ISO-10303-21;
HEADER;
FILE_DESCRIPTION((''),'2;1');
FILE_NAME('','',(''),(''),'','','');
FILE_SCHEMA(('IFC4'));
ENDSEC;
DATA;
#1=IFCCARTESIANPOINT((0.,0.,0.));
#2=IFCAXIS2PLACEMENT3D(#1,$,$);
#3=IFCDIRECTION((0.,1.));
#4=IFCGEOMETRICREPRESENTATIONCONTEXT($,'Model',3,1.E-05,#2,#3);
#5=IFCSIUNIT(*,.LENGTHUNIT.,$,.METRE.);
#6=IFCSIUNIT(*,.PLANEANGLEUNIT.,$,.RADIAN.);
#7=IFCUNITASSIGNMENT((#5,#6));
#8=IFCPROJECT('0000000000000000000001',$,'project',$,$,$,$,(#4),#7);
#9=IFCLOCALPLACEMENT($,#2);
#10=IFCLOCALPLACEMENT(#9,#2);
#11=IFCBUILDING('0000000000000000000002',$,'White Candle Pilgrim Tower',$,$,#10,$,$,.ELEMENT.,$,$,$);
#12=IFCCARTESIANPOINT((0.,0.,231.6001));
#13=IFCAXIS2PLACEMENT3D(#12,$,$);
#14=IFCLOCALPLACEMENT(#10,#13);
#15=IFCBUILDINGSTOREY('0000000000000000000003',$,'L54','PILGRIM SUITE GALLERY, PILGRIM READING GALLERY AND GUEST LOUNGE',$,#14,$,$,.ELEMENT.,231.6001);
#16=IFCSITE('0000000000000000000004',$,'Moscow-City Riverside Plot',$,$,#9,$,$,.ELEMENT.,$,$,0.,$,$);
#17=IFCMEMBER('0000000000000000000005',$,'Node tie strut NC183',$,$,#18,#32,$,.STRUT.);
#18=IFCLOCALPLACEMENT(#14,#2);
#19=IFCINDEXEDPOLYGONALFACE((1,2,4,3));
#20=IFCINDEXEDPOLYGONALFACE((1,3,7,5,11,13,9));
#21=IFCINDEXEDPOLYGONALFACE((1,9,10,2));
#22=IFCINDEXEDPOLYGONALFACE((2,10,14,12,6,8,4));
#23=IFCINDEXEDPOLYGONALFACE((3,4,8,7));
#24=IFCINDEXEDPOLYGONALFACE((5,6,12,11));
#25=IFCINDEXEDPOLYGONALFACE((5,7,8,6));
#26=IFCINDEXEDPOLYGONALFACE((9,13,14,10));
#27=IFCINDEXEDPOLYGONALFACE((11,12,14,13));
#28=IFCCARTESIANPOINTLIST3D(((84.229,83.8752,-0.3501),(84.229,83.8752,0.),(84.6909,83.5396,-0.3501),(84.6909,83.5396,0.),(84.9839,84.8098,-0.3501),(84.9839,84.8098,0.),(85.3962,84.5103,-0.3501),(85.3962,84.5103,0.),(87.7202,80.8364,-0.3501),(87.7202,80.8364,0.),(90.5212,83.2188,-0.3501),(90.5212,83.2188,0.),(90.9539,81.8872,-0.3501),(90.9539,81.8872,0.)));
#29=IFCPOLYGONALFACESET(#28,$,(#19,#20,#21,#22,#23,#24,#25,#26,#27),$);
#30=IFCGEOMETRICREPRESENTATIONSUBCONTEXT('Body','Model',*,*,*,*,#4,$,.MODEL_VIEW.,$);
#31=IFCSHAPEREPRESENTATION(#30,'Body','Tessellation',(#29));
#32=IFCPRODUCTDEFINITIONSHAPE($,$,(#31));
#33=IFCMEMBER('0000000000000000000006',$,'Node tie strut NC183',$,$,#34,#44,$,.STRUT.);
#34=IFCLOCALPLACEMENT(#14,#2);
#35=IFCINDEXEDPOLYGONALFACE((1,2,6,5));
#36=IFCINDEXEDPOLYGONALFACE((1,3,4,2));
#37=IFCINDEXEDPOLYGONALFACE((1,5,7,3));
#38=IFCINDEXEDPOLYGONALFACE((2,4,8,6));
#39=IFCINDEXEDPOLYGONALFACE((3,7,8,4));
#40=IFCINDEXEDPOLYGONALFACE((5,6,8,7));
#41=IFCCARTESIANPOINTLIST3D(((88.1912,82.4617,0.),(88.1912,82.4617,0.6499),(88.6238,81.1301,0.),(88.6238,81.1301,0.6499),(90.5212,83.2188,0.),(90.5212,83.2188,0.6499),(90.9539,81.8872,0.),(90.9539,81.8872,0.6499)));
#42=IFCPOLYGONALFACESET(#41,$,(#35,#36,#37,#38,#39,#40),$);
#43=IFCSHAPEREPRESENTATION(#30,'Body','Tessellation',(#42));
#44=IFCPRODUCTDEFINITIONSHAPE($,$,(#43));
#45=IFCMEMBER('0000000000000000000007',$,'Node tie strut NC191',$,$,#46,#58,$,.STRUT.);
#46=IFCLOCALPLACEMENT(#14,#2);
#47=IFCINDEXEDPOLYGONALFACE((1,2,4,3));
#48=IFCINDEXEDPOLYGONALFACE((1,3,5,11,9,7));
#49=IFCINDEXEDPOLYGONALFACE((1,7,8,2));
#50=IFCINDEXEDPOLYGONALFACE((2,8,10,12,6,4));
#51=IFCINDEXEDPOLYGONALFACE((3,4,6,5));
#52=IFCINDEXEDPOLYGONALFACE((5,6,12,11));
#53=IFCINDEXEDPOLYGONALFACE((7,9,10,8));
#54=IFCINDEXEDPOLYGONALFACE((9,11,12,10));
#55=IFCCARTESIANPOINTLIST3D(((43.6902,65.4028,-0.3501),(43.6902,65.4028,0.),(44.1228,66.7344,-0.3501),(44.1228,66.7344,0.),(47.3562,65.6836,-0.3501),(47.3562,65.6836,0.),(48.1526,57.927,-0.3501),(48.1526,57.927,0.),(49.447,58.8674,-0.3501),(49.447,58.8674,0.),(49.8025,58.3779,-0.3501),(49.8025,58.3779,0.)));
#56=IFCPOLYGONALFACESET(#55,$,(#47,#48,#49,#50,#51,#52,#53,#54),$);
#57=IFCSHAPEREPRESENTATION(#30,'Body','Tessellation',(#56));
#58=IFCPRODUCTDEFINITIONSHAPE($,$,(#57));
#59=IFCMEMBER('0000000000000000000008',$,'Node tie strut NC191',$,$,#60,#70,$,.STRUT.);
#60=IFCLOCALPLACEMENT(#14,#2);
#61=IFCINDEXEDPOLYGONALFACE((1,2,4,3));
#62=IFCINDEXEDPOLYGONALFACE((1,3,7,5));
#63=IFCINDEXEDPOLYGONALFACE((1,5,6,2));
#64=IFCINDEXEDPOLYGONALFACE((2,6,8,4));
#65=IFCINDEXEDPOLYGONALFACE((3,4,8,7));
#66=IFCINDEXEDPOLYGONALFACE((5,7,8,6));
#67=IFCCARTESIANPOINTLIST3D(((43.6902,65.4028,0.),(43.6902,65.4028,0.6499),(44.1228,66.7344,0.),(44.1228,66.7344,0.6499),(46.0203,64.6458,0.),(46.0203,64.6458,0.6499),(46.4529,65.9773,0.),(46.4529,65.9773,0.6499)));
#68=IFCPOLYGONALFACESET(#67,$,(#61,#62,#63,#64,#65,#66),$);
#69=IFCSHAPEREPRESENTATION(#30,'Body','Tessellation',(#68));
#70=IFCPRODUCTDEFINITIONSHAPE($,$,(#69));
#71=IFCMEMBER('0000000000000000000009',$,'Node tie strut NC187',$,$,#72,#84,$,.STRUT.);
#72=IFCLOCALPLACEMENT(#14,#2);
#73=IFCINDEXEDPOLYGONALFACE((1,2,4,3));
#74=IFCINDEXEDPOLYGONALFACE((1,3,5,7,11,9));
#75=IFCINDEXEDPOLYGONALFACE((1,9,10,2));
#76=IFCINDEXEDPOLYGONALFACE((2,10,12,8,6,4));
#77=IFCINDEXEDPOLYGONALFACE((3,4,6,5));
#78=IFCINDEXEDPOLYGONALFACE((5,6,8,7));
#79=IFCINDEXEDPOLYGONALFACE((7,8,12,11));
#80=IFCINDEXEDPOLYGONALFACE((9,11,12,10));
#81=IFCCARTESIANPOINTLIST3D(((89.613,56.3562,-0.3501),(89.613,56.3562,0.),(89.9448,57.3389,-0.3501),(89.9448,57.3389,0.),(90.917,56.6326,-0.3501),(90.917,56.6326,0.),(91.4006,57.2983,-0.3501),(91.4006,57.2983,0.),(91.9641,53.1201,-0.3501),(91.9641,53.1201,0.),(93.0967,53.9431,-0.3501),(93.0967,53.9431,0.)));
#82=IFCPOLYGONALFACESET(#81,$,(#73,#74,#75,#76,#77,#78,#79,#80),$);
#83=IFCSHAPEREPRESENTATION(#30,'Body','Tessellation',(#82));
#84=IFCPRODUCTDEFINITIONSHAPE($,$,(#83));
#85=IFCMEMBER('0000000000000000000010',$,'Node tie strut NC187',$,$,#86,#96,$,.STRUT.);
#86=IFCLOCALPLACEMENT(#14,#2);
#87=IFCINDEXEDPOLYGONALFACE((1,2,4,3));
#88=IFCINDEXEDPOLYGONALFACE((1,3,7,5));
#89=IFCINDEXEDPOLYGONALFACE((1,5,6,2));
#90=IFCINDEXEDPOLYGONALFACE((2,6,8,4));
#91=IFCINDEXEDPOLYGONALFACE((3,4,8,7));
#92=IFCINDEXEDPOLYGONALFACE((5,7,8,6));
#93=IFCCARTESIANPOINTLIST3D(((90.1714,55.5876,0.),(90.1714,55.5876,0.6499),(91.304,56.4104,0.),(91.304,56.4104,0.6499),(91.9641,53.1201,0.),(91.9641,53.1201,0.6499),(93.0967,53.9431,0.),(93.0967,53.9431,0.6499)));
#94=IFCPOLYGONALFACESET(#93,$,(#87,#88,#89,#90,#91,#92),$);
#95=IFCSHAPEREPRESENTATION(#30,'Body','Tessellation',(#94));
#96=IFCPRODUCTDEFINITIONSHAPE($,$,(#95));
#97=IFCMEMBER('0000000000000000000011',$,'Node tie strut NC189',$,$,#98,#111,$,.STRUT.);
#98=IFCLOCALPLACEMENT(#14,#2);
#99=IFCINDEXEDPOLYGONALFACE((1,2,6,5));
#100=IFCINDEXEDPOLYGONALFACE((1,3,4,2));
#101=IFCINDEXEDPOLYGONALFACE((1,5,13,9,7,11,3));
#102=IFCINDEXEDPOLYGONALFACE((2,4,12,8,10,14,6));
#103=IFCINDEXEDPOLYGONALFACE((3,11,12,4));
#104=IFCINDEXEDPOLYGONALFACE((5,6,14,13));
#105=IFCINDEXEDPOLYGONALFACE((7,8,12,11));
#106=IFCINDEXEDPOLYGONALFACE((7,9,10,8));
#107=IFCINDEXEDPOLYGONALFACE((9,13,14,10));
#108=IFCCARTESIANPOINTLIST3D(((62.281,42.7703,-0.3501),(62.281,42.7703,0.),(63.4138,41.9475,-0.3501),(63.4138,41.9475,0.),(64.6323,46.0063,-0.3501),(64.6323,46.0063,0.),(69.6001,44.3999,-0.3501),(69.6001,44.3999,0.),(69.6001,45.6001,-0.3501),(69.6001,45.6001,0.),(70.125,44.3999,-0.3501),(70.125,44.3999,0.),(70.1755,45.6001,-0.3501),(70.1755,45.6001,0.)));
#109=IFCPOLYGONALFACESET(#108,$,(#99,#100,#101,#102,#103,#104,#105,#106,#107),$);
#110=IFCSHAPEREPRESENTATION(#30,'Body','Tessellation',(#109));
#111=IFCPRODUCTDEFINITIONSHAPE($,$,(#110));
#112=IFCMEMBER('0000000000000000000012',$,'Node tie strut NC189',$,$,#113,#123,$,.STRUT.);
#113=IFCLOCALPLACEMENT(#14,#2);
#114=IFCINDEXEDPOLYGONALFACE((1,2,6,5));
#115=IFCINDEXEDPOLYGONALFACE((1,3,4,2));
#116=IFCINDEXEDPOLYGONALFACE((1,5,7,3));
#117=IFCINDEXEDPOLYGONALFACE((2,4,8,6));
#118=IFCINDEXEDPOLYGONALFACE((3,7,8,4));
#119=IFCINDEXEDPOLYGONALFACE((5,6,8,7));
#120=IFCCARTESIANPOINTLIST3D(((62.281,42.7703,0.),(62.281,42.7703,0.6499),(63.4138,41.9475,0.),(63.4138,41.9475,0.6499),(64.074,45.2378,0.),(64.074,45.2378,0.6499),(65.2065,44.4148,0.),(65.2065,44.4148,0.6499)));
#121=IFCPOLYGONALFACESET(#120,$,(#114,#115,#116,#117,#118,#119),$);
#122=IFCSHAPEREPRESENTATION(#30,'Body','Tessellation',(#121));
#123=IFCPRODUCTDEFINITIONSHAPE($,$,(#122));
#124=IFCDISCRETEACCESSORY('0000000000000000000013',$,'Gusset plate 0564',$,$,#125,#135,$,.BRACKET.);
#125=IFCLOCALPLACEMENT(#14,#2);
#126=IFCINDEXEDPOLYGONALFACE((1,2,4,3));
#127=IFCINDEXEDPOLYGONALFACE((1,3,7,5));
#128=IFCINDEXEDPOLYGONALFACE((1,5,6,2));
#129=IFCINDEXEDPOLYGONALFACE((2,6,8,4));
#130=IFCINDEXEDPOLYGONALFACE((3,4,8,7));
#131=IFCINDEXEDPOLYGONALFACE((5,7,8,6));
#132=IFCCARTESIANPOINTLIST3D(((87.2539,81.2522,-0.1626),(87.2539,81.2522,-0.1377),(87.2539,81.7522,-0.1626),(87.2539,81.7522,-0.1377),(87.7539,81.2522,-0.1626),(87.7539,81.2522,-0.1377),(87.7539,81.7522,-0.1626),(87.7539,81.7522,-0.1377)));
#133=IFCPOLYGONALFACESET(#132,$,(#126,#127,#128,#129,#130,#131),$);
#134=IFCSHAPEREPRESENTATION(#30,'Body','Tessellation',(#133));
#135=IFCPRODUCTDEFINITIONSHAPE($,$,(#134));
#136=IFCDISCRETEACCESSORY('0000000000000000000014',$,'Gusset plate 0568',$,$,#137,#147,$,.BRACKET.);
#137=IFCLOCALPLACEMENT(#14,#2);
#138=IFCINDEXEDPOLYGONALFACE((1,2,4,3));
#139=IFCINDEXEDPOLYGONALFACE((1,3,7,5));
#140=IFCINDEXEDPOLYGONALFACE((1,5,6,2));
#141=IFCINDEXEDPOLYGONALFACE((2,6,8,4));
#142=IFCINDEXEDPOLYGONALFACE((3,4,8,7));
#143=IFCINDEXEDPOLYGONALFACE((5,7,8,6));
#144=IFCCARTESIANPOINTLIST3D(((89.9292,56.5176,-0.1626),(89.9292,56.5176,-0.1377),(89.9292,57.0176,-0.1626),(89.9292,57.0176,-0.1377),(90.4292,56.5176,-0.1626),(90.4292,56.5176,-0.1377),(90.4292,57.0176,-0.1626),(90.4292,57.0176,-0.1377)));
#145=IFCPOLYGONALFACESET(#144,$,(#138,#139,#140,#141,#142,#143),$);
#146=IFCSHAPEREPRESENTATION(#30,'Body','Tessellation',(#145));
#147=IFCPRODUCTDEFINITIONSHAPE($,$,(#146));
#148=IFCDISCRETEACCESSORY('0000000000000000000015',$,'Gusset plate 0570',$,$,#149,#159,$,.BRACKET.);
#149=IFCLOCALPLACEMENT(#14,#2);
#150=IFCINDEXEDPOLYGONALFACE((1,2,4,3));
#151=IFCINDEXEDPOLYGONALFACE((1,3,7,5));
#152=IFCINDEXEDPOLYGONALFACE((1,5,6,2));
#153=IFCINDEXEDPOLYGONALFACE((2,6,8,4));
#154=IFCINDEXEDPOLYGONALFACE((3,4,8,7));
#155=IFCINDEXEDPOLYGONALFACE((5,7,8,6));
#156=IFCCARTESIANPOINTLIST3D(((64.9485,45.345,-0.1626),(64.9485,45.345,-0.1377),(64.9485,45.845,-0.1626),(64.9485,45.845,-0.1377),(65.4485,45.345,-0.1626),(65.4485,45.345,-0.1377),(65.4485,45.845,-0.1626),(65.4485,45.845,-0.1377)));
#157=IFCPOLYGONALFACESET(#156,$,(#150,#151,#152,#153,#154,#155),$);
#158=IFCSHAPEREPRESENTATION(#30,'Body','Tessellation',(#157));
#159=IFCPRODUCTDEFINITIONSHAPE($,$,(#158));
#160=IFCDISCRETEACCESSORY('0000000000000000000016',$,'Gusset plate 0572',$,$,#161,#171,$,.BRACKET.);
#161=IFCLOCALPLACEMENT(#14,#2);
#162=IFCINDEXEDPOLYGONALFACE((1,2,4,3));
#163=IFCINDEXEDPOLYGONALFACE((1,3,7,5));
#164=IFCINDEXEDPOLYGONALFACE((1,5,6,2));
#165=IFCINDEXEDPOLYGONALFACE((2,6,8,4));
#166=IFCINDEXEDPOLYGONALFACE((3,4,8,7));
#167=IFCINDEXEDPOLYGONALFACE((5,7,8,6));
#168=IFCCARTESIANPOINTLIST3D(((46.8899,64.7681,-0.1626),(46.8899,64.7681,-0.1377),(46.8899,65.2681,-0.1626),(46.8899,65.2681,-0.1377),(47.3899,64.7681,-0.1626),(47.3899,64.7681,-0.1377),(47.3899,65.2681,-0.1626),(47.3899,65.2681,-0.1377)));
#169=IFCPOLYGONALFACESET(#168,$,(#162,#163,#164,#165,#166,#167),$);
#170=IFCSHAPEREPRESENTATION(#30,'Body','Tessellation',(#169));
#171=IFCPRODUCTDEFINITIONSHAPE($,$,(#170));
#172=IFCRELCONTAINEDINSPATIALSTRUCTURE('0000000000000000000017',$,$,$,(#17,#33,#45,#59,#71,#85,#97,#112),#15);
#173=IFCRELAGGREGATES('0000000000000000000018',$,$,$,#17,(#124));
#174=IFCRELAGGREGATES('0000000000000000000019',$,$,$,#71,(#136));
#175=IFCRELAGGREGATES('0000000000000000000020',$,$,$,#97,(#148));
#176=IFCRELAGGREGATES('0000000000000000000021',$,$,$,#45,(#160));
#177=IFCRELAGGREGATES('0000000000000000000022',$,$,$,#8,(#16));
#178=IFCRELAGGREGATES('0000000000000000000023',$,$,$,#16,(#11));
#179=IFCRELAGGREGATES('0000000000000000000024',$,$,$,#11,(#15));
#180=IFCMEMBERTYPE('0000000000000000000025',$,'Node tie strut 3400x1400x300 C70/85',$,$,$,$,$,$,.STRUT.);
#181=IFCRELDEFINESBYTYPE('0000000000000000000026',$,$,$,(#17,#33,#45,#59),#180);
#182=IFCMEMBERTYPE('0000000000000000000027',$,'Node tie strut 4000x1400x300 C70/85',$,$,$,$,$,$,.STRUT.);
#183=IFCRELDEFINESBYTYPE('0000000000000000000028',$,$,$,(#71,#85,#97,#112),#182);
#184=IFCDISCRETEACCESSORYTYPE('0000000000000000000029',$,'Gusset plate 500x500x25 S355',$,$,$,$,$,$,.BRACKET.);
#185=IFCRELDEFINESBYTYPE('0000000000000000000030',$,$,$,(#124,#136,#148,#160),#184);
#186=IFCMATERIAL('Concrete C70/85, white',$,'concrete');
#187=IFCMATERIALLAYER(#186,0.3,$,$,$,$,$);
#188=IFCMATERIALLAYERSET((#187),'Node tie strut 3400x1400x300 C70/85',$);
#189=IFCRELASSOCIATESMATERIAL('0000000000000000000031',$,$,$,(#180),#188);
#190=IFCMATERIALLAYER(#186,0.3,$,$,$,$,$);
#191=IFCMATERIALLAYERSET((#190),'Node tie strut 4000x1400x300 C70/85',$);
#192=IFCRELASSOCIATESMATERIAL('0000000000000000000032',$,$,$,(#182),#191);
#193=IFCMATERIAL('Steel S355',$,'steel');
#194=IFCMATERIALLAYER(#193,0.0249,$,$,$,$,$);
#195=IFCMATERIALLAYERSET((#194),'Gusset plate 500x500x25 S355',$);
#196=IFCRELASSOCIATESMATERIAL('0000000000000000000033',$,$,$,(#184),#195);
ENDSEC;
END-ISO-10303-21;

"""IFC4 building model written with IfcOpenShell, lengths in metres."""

from ifc_helpers import new_model, si_unit, direction, frame, origin, origin_2d, place, context, subcontext, project, spatial, polyline, rectangle, outline, extrude, material, layer, layer_set, type_object, element, aggregate, save


model = new_model("IFC4")

# Units and contexts
model_context = context("Model", 3, precision=1e-05, world=origin(), true_north=direction((0.0, 1.0)))
body_context = subcontext(model_context, "Body", "Model", "MODEL_VIEW")
ifc_project = project(units=[si_unit("LENGTHUNIT", "METRE"), si_unit("PLANEANGLEUNIT", "RADIAN")], contexts=[model_context])

# Site, building, storey
site_placement = place(None, origin())
site = spatial("IfcSite", under=ifc_project, at=site_placement, Name="Moscow-City Riverside Plot", CompositionType="ELEMENT", RefElevation=0.0)
building_placement = place(site_placement, origin())
building = spatial("IfcBuilding", under=site, at=building_placement, Name="White Candle Pilgrim Tower", CompositionType="ELEMENT")
storey_placement = place(building_placement, frame((0.0, 0.0, 231.6001)))
storey = spatial("IfcBuildingStorey", under=building, at=storey_placement, Name="L54", Description="PILGRIM SUITE GALLERY, PILGRIM READING GALLERY AND GUEST LOUNGE", CompositionType="ELEMENT", Elevation=231.6001)

# Members
ifc_material_1 = material(Name="Concrete C70/85, white", Category="concrete")
ifc_layer_1 = layer(ifc_material_1, 0.3)
ifc_layer_set_1 = layer_set([ifc_layer_1], Name="Node tie strut 3400x1400x300 C70/85")
member_type_1 = type_object("IfcMemberType", Name="Node tie strut 3400x1400x300 C70/85", PredefinedType="STRUT", material=ifc_layer_set_1)
member_1_placement = place(storey_placement, frame((0.0, 0.0, -0.3501)))
member_1 = element("IfcMember", 1, at=member_1_placement, inside=storey, type_object=member_type_1, Name="Node tie strut NC183", PredefinedType="STRUT", context=body_context, shape_type="SweptSolid", body=[
    extrude(outline(polyline([(87.7202, 80.8364), (90.9539, 81.8872), (90.5212, 83.2188), (84.9839, 84.8098), (85.3962, 84.5103), (84.6909, 83.5396), (84.229, 83.8752), (87.7202, 80.8364)])), origin(), (0.0, 0.0, 1.0), 0.3501),
])
member_2_placement = place(storey_placement, origin())
element("IfcMember", 2, at=member_2_placement, inside=storey, type_object=member_type_1, Name="Node tie strut NC183", PredefinedType="STRUT", context=body_context, shape_type="SweptSolid", body=[
    extrude(outline(polyline([(88.6238, 81.1301), (90.9539, 81.8872), (90.5212, 83.2188), (88.1912, 82.4617), (88.6238, 81.1301)])), origin(), (0.0, 0.0, 1.0), 0.6499),
])
member_3_placement = place(storey_placement, frame((0.0, 0.0, -0.3501)))
member_3 = element("IfcMember", 3, at=member_3_placement, inside=storey, type_object=member_type_1, Name="Node tie strut NC191", PredefinedType="STRUT", context=body_context, shape_type="SweptSolid", body=[
    extrude(outline(polyline([(48.1526, 57.927), (49.447, 58.8674), (49.8025, 58.3779), (47.3562, 65.6836), (44.1228, 66.7344), (43.6902, 65.4028), (48.1526, 57.927)])), origin(), (0.0, 0.0, 1.0), 0.3501),
])
member_4_placement = place(storey_placement, origin())
element("IfcMember", 4, at=member_4_placement, inside=storey, type_object=member_type_1, Name="Node tie strut NC191", PredefinedType="STRUT", context=body_context, shape_type="SweptSolid", body=[
    extrude(outline(polyline([(46.0203, 64.6458), (46.4529, 65.9773), (44.1228, 66.7344), (43.6902, 65.4028), (46.0203, 64.6458)])), origin(), (0.0, 0.0, 1.0), 0.6499),
])
ifc_layer_2 = layer(ifc_material_1, 0.3)
ifc_layer_set_2 = layer_set([ifc_layer_2], Name="Node tie strut 4000x1400x300 C70/85")
member_type_2 = type_object("IfcMemberType", Name="Node tie strut 4000x1400x300 C70/85", PredefinedType="STRUT", material=ifc_layer_set_2)
member_5_placement = place(storey_placement, frame((0.0, 0.0, -0.3501)))
member_5 = element("IfcMember", 5, at=member_5_placement, inside=storey, type_object=member_type_2, Name="Node tie strut NC187", PredefinedType="STRUT", context=body_context, shape_type="SweptSolid", body=[
    extrude(outline(polyline([(91.9641, 53.1201), (93.0967, 53.9431), (91.4006, 57.2983), (90.917, 56.6326), (89.9448, 57.3389), (89.613, 56.3562), (91.9641, 53.1201)])), origin(), (0.0, 0.0, 1.0), 0.3501),
])
member_6_placement = place(storey_placement, origin())
element("IfcMember", 6, at=member_6_placement, inside=storey, type_object=member_type_2, Name="Node tie strut NC187", PredefinedType="STRUT", context=body_context, shape_type="SweptSolid", body=[
    extrude(outline(polyline([(91.9641, 53.1201), (93.0967, 53.9431), (91.304, 56.4104), (90.1714, 55.5876), (91.9641, 53.1201)])), origin(), (0.0, 0.0, 1.0), 0.6499),
])
member_7_placement = place(storey_placement, frame((0.0, 0.0, -0.3501)))
member_7 = element("IfcMember", 7, at=member_7_placement, inside=storey, type_object=member_type_2, Name="Node tie strut NC189", PredefinedType="STRUT", context=body_context, shape_type="SweptSolid", body=[
    extrude(outline(polyline([(63.4138, 41.9475), (70.125, 44.3999), (69.6001, 44.3999), (69.6001, 45.6001), (70.1755, 45.6001), (64.6323, 46.0063), (62.281, 42.7703), (63.4138, 41.9475)])), origin(), (0.0, 0.0, 1.0), 0.3501),
])
member_8_placement = place(storey_placement, origin())
element("IfcMember", 8, at=member_8_placement, inside=storey, type_object=member_type_2, Name="Node tie strut NC189", PredefinedType="STRUT", context=body_context, shape_type="SweptSolid", body=[
    extrude(outline(polyline([(63.4138, 41.9475), (65.2065, 44.4148), (64.074, 45.2378), (62.281, 42.7703), (63.4138, 41.9475)])), origin(), (0.0, 0.0, 1.0), 0.6499),
])

# Discrete accessories
ifc_material_2 = material(Name="Steel S355", Category="steel")
ifc_layer_3 = layer(ifc_material_2, 0.0249)
ifc_layer_set_3 = layer_set([ifc_layer_3], Name="Gusset plate 500x500x25 S355")
discrete_accessory_type = type_object("IfcDiscreteAccessoryType", Name="Gusset plate 500x500x25 S355", PredefinedType="BRACKET", material=ifc_layer_set_3)
discrete_accessory_1_placement = place(storey_placement, frame((87.5039, 81.5022, -0.1626), z_axis=(0.0, 0.0, 1.0), x_axis=(1.0, 0.0, 0.0)))
discrete_accessory_1 = element("IfcDiscreteAccessory", 9, at=discrete_accessory_1_placement, type_object=discrete_accessory_type, Name="Gusset plate 0564", PredefinedType="BRACKET", context=body_context, shape_type="SweptSolid", body=[
    extrude(rectangle(XDim=0.5, YDim=0.5, at=origin_2d()), origin(), (0.0, 0.0, 1.0), 0.0249),
])
aggregate(member_1, [discrete_accessory_1])
discrete_accessory_2_placement = place(storey_placement, frame((90.1792, 56.7676, -0.1626), z_axis=(0.0, 0.0, 1.0), x_axis=(1.0, 0.0, 0.0)))
discrete_accessory_2 = element("IfcDiscreteAccessory", 10, at=discrete_accessory_2_placement, type_object=discrete_accessory_type, Name="Gusset plate 0568", PredefinedType="BRACKET", context=body_context, shape_type="SweptSolid", body=[
    extrude(rectangle(XDim=0.5, YDim=0.5, at=origin_2d()), origin(), (0.0, 0.0, 1.0), 0.0249),
])
aggregate(member_5, [discrete_accessory_2])
discrete_accessory_3_placement = place(storey_placement, frame((65.1985, 45.595, -0.1626), z_axis=(0.0, 0.0, 1.0), x_axis=(1.0, 0.0, 0.0)))
discrete_accessory_3 = element("IfcDiscreteAccessory", 11, at=discrete_accessory_3_placement, type_object=discrete_accessory_type, Name="Gusset plate 0570", PredefinedType="BRACKET", context=body_context, shape_type="SweptSolid", body=[
    extrude(rectangle(XDim=0.5, YDim=0.5, at=origin_2d()), origin(), (0.0, 0.0, 1.0), 0.0249),
])
aggregate(member_7, [discrete_accessory_3])
discrete_accessory_4_placement = place(storey_placement, frame((47.1399, 65.0181, -0.1626), z_axis=(0.0, 0.0, 1.0), x_axis=(1.0, 0.0, 0.0)))
discrete_accessory_4 = element("IfcDiscreteAccessory", 12, at=discrete_accessory_4_placement, type_object=discrete_accessory_type, Name="Gusset plate 0572", PredefinedType="BRACKET", context=body_context, shape_type="SweptSolid", body=[
    extrude(rectangle(XDim=0.5, YDim=0.5, at=origin_2d()), origin(), (0.0, 0.0, 1.0), 0.0249),
])
aggregate(member_3, [discrete_accessory_4])

save(model, "model.ifc")
